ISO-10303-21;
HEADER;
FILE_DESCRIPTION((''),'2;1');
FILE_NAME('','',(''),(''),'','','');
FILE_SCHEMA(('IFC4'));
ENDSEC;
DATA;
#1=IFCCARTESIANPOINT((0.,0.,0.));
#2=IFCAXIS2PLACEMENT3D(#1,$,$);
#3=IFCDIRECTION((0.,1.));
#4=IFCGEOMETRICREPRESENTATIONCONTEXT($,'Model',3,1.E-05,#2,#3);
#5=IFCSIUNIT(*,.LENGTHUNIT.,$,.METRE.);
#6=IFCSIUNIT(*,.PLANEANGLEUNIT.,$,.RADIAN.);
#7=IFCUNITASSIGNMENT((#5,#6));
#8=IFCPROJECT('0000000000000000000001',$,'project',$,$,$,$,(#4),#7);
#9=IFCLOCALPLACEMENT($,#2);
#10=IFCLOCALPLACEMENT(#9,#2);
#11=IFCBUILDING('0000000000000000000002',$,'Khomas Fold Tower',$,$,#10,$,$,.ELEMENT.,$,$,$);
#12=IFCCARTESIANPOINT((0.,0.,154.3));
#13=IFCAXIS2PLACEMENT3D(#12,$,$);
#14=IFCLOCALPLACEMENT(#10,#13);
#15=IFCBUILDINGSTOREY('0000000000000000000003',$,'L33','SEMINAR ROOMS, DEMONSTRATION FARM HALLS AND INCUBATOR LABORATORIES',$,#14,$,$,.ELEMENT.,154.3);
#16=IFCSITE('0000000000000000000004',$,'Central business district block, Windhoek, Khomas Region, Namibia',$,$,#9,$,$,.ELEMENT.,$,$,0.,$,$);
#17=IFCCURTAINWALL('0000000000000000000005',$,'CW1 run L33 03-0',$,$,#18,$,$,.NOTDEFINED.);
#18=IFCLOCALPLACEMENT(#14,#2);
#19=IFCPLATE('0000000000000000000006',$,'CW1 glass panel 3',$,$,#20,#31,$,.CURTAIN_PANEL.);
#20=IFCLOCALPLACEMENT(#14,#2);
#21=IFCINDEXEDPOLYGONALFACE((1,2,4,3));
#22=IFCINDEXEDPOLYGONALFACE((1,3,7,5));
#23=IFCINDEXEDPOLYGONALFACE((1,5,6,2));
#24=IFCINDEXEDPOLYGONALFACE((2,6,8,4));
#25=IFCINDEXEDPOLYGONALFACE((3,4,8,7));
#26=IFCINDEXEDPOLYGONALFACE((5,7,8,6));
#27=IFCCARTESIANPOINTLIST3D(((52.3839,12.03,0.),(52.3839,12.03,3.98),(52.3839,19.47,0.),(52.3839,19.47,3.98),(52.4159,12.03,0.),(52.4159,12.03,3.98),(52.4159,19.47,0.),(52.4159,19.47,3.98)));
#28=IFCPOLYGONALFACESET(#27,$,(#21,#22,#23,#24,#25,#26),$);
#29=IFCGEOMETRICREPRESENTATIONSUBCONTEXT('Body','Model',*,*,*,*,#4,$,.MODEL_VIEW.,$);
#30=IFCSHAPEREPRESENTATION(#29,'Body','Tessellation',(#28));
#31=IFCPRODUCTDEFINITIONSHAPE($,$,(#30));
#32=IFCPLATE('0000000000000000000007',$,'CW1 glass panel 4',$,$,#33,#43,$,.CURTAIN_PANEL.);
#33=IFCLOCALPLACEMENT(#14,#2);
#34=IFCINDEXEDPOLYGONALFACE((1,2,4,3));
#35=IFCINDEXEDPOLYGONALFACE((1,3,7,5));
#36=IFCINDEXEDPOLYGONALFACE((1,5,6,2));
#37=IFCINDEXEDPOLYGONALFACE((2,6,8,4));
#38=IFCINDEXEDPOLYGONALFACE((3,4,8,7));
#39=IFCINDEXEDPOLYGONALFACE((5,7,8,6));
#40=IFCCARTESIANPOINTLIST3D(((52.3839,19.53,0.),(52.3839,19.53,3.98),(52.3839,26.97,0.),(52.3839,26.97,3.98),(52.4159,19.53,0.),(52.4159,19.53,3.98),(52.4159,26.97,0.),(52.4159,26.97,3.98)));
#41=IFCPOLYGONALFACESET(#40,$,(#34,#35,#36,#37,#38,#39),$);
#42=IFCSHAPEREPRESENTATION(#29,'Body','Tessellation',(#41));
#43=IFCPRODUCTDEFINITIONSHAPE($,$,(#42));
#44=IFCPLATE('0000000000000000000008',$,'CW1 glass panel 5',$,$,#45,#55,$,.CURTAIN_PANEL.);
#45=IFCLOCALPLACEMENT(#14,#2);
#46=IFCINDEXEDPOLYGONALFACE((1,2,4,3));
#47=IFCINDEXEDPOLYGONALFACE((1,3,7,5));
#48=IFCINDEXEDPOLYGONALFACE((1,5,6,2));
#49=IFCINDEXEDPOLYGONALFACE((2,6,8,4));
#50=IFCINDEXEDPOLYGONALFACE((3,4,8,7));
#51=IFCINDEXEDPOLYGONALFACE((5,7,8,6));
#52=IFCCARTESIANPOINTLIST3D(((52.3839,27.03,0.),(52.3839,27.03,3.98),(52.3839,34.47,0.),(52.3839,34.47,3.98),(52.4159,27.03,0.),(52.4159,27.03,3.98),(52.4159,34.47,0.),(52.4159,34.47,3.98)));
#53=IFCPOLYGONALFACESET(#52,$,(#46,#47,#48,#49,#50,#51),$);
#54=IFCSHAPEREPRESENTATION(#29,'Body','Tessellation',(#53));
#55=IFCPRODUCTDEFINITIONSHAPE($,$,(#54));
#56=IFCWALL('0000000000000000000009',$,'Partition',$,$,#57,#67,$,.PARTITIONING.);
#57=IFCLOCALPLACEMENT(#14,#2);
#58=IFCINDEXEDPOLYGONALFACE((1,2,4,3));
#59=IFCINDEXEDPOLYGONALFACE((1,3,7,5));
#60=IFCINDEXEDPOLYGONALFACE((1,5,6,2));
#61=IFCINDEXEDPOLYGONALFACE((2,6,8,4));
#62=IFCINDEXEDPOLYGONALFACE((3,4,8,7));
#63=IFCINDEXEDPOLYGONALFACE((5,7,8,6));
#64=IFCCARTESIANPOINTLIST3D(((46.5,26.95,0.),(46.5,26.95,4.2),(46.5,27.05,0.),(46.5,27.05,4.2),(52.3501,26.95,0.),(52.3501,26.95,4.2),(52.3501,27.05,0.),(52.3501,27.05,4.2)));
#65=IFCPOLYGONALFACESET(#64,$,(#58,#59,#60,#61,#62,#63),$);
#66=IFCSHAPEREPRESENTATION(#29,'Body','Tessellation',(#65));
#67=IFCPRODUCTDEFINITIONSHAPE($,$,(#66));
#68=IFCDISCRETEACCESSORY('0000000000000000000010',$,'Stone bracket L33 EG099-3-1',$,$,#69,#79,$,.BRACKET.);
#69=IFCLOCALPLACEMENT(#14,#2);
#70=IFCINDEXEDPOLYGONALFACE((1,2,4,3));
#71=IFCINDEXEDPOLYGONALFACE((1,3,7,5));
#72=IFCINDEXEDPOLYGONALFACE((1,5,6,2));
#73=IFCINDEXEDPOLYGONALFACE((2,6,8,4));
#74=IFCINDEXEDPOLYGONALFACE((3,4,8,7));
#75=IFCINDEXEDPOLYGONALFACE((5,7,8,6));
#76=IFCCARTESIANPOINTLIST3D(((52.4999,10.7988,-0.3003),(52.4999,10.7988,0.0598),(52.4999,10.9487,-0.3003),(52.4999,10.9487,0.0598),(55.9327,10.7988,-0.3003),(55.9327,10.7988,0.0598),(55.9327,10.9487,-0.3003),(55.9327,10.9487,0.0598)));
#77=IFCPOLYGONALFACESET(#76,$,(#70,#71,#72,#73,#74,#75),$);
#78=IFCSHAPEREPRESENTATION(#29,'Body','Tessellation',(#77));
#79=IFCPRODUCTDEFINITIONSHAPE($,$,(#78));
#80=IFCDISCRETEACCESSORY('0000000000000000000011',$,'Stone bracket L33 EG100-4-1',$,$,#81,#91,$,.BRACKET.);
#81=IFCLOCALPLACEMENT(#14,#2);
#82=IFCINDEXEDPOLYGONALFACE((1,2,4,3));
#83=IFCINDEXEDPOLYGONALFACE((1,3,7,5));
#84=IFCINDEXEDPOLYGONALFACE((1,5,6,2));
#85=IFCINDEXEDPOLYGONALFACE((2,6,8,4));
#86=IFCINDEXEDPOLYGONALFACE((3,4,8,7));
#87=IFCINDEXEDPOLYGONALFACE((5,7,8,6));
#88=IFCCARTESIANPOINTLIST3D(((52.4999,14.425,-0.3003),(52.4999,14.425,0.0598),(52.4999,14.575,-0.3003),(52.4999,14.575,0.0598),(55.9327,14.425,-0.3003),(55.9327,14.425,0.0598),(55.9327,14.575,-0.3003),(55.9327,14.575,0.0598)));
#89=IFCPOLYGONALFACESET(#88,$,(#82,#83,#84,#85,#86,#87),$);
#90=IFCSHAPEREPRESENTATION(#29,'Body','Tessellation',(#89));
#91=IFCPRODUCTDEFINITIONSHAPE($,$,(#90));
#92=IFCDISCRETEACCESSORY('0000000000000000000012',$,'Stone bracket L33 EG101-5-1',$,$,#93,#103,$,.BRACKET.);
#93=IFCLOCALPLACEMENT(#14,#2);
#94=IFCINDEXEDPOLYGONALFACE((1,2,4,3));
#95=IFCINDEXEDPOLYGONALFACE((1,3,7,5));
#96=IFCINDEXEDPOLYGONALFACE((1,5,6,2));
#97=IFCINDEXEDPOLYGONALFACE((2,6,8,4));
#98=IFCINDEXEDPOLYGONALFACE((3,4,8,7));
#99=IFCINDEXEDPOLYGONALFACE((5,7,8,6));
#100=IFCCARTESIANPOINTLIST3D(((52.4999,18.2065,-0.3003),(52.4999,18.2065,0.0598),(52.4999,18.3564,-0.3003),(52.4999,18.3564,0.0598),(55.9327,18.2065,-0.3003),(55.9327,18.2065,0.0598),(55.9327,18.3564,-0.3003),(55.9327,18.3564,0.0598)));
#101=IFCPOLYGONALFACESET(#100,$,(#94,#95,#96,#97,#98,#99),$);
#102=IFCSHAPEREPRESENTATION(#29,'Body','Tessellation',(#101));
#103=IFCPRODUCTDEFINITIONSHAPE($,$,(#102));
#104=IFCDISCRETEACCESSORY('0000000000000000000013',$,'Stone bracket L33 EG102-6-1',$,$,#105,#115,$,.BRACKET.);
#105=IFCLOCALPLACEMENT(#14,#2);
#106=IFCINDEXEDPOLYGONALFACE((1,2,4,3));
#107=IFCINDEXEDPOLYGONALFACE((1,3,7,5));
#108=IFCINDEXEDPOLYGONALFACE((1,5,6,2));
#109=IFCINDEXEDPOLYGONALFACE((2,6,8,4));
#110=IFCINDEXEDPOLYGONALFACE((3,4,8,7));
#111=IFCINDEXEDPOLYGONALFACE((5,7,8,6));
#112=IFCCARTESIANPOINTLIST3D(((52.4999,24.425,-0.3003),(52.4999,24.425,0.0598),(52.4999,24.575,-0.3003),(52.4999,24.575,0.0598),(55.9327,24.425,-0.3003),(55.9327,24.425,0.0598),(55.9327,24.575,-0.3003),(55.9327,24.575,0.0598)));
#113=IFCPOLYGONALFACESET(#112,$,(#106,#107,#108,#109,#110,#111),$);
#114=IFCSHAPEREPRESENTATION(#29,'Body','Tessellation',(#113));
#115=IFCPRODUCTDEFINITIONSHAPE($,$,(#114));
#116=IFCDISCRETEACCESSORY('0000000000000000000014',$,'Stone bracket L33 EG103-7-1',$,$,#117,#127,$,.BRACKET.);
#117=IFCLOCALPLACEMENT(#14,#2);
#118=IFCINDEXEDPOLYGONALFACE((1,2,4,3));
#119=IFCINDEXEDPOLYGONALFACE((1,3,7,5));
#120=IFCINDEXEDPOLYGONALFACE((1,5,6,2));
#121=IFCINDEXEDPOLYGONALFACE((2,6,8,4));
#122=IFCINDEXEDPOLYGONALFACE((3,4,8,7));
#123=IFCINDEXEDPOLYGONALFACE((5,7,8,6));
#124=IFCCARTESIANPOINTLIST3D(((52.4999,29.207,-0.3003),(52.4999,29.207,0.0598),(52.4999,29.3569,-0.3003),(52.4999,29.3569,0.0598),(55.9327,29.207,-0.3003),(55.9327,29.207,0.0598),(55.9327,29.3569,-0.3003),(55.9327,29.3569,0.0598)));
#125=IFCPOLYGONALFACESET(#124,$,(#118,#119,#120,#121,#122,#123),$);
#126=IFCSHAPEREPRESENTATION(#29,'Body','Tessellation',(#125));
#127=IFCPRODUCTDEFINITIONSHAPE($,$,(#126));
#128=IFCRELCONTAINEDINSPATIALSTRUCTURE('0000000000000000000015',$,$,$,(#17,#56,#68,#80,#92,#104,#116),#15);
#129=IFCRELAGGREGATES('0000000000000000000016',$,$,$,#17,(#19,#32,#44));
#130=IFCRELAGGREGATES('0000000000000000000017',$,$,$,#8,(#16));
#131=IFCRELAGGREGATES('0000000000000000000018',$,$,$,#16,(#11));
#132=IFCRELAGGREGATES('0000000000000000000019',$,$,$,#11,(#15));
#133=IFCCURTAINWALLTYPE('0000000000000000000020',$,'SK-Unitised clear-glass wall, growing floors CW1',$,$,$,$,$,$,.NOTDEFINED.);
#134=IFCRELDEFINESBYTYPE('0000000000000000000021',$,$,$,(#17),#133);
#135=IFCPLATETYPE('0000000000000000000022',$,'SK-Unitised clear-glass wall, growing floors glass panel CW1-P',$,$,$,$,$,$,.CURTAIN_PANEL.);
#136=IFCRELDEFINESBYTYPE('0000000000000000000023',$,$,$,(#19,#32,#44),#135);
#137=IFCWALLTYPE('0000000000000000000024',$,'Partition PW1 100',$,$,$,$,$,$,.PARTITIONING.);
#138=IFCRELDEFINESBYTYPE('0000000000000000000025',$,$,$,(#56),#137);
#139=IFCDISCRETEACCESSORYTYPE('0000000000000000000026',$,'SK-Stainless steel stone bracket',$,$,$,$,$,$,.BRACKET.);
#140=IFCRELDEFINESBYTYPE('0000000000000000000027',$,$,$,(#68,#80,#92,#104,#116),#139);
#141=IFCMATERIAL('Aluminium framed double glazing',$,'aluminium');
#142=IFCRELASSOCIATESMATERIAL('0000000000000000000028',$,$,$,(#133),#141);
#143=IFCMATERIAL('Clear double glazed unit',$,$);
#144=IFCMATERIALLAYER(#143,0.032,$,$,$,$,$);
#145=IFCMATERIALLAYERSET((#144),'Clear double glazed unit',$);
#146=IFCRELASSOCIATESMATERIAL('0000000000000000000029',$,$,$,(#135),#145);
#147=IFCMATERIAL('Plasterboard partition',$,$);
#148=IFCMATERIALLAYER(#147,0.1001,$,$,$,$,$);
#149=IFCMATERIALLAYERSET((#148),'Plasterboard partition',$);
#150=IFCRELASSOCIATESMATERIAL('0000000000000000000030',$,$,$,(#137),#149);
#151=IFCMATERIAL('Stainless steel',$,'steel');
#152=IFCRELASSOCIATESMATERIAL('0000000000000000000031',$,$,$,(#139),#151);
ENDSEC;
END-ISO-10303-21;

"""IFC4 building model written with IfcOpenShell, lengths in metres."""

from ifc_helpers import new_model, si_unit, direction, frame, frame_2d, origin, origin_2d, place, context, subcontext, project, spatial, rectangle, extrude, source, transform, mapped, material, layer, layer_set, type_object, element, aggregate, save


model = new_model("IFC4")

# Units and contexts
model_context = context("Model", 3, precision=1e-05, world=origin(), true_north=direction((0.0, 1.0)))
body_context = subcontext(model_context, "Body", "Model", "MODEL_VIEW")
ifc_project = project(units=[si_unit("LENGTHUNIT", "METRE"), si_unit("PLANEANGLEUNIT", "RADIAN")], contexts=[model_context])

# Site, building, storey
site_placement = place(None, origin())
site = spatial("IfcSite", under=ifc_project, at=site_placement, Name="Central business district block, Windhoek, Khomas Region, Namibia", CompositionType="ELEMENT", RefElevation=0.0)
building_placement = place(site_placement, origin())
building = spatial("IfcBuilding", under=site, at=building_placement, Name="Khomas Fold Tower", CompositionType="ELEMENT")
storey_placement = place(building_placement, frame((0.0, 0.0, 154.3)))
storey = spatial("IfcBuildingStorey", under=building, at=storey_placement, Name="L33", Description="SEMINAR ROOMS, DEMONSTRATION FARM HALLS AND INCUBATOR LABORATORIES", CompositionType="ELEMENT", Elevation=154.3)

# Curtain wall
ifc_material_1 = material(Name="Aluminium framed double glazing", Category="aluminium")
curtain_wall_type = type_object("IfcCurtainWallType", Name="SK-Unitised clear-glass wall, growing floors CW1", PredefinedType="NOTDEFINED", material=ifc_material_1)
curtain_wall_placement = place(storey_placement, origin())
curtain_wall = element("IfcCurtainWall", 1, at=curtain_wall_placement, inside=storey, type_object=curtain_wall_type, Name="CW1 run L33 03-0", PredefinedType="NOTDEFINED")

# Plates
ifc_material_2 = material(Name="Clear double glazed unit")
ifc_layer_1 = layer(ifc_material_2, 0.032)
ifc_layer_set_1 = layer_set([ifc_layer_1], Name="Clear double glazed unit")
plate_type_1 = type_object("IfcPlateType", Name="SK-Unitised clear-glass wall, growing floors glass panel CW1-P", PredefinedType="CURTAIN_PANEL", material=ifc_layer_set_1)
shared_shape_1 = source(origin(), body_context, "Body", "SweptSolid", [
    extrude(rectangle(XDim=7.4399, YDim=0.032, at=origin_2d()), origin(), (0.0, 0.0, 1.0), 3.98),
])
plate_1_placement = place(storey_placement, frame((52.3999, 15.75, 0.0), z_axis=(0.0, 0.0, 1.0), x_axis=(0.0, 1.0, 0.0)))
plate_1 = element("IfcPlate", 2, at=plate_1_placement, type_object=plate_type_1, Name="CW1 glass panel 3", PredefinedType="CURTAIN_PANEL", context=body_context, shape_type="MappedRepresentation", body=[
    mapped(shared_shape_1, transform((0.0, 0.0, 0.0))),
])
plate_2_placement = place(storey_placement, frame((52.3999, 23.25, 0.0), z_axis=(0.0, 0.0, 1.0), x_axis=(0.0, 1.0, 0.0)))
plate_2 = element("IfcPlate", 3, at=plate_2_placement, type_object=plate_type_1, Name="CW1 glass panel 4", PredefinedType="CURTAIN_PANEL", context=body_context, shape_type="MappedRepresentation", body=[
    mapped(shared_shape_1, transform((0.0, 0.0, 0.0))),
])
plate_3_placement = place(storey_placement, frame((52.3999, 30.75, 0.0), z_axis=(0.0, 0.0, 1.0), x_axis=(0.0, 1.0, 0.0)))
plate_3 = element("IfcPlate", 4, at=plate_3_placement, type_object=plate_type_1, Name="CW1 glass panel 5", PredefinedType="CURTAIN_PANEL", context=body_context, shape_type="MappedRepresentation", body=[
    mapped(shared_shape_1, transform((0.0, 0.0, 0.0))),
])
aggregate(curtain_wall, [plate_1, plate_2, plate_3])

# Wall
ifc_material_3 = material(Name="Plasterboard partition")
ifc_layer_2 = layer(ifc_material_3, 0.1001)
ifc_layer_set_2 = layer_set([ifc_layer_2], Name="Plasterboard partition")
wall_type = type_object("IfcWallType", Name="Partition PW1 100", PredefinedType="PARTITIONING", material=ifc_layer_set_2)
shared_shape_2 = source(origin(), body_context, "Body", "SweptSolid", [
    extrude(rectangle(XDim=5.8501, YDim=0.1001, at=frame_2d((2.925, 0.0))), origin(), (0.0, 0.0, 1.0), 4.2),
])
wall_placement = place(storey_placement, frame((46.5, 27.0, 0.0), z_axis=(0.0, 0.0, 1.0), x_axis=(1.0, 0.0, 0.0)))
element("IfcWall", 5, at=wall_placement, inside=storey, type_object=wall_type, Name="Partition", PredefinedType="PARTITIONING", context=body_context, shape_type="MappedRepresentation", body=[
    mapped(shared_shape_2, transform((0.0, 0.0, 0.0))),
])

# Discrete accessories
ifc_material_4 = material(Name="Stainless steel", Category="steel")
discrete_accessory_type = type_object("IfcDiscreteAccessoryType", Name="SK-Stainless steel stone bracket", PredefinedType="BRACKET", material=ifc_material_4)
shared_shape_3 = source(origin(), body_context, "Body", "SweptSolid", [
    extrude(rectangle(XDim=3.4329, YDim=0.1499, at=origin_2d()), origin(), (0.0, 0.0, 1.0), 0.3601),
])
for number, where, z_axis, x_axis, name in (
    (6, (54.2163, 10.8738, -0.3003), (0.0, 0.0, 1.0), (1.0, 0.0, 0.0), "Stone bracket L33 EG099-3-1"),
    (7, (54.2163, 14.5, -0.3003), (0.0, 0.0, 1.0), (1.0, 0.0, 0.0), "Stone bracket L33 EG100-4-1"),
    (8, (54.2163, 18.2815, -0.3003), (0.0, 0.0, 1.0), (1.0, 0.0, 0.0), "Stone bracket L33 EG101-5-1"),
    (9, (54.2163, 24.5, -0.3003), (0.0, 0.0, 1.0), (1.0, 0.0, 0.0), "Stone bracket L33 EG102-6-1"),
    (10, (54.2163, 29.282, -0.3003), (0.0, 0.0, 1.0), (1.0, 0.0, 0.0), "Stone bracket L33 EG103-7-1"),
):
    element("IfcDiscreteAccessory", number, at=place(storey_placement, frame(where, z_axis=z_axis, x_axis=x_axis)), inside=storey, type_object=discrete_accessory_type, Name=name, PredefinedType="BRACKET", context=body_context, shape_type="MappedRepresentation", body=[
        mapped(shared_shape_3, transform((0.0, 0.0, 0.0))),
    ])

save(model, "model.ifc")
